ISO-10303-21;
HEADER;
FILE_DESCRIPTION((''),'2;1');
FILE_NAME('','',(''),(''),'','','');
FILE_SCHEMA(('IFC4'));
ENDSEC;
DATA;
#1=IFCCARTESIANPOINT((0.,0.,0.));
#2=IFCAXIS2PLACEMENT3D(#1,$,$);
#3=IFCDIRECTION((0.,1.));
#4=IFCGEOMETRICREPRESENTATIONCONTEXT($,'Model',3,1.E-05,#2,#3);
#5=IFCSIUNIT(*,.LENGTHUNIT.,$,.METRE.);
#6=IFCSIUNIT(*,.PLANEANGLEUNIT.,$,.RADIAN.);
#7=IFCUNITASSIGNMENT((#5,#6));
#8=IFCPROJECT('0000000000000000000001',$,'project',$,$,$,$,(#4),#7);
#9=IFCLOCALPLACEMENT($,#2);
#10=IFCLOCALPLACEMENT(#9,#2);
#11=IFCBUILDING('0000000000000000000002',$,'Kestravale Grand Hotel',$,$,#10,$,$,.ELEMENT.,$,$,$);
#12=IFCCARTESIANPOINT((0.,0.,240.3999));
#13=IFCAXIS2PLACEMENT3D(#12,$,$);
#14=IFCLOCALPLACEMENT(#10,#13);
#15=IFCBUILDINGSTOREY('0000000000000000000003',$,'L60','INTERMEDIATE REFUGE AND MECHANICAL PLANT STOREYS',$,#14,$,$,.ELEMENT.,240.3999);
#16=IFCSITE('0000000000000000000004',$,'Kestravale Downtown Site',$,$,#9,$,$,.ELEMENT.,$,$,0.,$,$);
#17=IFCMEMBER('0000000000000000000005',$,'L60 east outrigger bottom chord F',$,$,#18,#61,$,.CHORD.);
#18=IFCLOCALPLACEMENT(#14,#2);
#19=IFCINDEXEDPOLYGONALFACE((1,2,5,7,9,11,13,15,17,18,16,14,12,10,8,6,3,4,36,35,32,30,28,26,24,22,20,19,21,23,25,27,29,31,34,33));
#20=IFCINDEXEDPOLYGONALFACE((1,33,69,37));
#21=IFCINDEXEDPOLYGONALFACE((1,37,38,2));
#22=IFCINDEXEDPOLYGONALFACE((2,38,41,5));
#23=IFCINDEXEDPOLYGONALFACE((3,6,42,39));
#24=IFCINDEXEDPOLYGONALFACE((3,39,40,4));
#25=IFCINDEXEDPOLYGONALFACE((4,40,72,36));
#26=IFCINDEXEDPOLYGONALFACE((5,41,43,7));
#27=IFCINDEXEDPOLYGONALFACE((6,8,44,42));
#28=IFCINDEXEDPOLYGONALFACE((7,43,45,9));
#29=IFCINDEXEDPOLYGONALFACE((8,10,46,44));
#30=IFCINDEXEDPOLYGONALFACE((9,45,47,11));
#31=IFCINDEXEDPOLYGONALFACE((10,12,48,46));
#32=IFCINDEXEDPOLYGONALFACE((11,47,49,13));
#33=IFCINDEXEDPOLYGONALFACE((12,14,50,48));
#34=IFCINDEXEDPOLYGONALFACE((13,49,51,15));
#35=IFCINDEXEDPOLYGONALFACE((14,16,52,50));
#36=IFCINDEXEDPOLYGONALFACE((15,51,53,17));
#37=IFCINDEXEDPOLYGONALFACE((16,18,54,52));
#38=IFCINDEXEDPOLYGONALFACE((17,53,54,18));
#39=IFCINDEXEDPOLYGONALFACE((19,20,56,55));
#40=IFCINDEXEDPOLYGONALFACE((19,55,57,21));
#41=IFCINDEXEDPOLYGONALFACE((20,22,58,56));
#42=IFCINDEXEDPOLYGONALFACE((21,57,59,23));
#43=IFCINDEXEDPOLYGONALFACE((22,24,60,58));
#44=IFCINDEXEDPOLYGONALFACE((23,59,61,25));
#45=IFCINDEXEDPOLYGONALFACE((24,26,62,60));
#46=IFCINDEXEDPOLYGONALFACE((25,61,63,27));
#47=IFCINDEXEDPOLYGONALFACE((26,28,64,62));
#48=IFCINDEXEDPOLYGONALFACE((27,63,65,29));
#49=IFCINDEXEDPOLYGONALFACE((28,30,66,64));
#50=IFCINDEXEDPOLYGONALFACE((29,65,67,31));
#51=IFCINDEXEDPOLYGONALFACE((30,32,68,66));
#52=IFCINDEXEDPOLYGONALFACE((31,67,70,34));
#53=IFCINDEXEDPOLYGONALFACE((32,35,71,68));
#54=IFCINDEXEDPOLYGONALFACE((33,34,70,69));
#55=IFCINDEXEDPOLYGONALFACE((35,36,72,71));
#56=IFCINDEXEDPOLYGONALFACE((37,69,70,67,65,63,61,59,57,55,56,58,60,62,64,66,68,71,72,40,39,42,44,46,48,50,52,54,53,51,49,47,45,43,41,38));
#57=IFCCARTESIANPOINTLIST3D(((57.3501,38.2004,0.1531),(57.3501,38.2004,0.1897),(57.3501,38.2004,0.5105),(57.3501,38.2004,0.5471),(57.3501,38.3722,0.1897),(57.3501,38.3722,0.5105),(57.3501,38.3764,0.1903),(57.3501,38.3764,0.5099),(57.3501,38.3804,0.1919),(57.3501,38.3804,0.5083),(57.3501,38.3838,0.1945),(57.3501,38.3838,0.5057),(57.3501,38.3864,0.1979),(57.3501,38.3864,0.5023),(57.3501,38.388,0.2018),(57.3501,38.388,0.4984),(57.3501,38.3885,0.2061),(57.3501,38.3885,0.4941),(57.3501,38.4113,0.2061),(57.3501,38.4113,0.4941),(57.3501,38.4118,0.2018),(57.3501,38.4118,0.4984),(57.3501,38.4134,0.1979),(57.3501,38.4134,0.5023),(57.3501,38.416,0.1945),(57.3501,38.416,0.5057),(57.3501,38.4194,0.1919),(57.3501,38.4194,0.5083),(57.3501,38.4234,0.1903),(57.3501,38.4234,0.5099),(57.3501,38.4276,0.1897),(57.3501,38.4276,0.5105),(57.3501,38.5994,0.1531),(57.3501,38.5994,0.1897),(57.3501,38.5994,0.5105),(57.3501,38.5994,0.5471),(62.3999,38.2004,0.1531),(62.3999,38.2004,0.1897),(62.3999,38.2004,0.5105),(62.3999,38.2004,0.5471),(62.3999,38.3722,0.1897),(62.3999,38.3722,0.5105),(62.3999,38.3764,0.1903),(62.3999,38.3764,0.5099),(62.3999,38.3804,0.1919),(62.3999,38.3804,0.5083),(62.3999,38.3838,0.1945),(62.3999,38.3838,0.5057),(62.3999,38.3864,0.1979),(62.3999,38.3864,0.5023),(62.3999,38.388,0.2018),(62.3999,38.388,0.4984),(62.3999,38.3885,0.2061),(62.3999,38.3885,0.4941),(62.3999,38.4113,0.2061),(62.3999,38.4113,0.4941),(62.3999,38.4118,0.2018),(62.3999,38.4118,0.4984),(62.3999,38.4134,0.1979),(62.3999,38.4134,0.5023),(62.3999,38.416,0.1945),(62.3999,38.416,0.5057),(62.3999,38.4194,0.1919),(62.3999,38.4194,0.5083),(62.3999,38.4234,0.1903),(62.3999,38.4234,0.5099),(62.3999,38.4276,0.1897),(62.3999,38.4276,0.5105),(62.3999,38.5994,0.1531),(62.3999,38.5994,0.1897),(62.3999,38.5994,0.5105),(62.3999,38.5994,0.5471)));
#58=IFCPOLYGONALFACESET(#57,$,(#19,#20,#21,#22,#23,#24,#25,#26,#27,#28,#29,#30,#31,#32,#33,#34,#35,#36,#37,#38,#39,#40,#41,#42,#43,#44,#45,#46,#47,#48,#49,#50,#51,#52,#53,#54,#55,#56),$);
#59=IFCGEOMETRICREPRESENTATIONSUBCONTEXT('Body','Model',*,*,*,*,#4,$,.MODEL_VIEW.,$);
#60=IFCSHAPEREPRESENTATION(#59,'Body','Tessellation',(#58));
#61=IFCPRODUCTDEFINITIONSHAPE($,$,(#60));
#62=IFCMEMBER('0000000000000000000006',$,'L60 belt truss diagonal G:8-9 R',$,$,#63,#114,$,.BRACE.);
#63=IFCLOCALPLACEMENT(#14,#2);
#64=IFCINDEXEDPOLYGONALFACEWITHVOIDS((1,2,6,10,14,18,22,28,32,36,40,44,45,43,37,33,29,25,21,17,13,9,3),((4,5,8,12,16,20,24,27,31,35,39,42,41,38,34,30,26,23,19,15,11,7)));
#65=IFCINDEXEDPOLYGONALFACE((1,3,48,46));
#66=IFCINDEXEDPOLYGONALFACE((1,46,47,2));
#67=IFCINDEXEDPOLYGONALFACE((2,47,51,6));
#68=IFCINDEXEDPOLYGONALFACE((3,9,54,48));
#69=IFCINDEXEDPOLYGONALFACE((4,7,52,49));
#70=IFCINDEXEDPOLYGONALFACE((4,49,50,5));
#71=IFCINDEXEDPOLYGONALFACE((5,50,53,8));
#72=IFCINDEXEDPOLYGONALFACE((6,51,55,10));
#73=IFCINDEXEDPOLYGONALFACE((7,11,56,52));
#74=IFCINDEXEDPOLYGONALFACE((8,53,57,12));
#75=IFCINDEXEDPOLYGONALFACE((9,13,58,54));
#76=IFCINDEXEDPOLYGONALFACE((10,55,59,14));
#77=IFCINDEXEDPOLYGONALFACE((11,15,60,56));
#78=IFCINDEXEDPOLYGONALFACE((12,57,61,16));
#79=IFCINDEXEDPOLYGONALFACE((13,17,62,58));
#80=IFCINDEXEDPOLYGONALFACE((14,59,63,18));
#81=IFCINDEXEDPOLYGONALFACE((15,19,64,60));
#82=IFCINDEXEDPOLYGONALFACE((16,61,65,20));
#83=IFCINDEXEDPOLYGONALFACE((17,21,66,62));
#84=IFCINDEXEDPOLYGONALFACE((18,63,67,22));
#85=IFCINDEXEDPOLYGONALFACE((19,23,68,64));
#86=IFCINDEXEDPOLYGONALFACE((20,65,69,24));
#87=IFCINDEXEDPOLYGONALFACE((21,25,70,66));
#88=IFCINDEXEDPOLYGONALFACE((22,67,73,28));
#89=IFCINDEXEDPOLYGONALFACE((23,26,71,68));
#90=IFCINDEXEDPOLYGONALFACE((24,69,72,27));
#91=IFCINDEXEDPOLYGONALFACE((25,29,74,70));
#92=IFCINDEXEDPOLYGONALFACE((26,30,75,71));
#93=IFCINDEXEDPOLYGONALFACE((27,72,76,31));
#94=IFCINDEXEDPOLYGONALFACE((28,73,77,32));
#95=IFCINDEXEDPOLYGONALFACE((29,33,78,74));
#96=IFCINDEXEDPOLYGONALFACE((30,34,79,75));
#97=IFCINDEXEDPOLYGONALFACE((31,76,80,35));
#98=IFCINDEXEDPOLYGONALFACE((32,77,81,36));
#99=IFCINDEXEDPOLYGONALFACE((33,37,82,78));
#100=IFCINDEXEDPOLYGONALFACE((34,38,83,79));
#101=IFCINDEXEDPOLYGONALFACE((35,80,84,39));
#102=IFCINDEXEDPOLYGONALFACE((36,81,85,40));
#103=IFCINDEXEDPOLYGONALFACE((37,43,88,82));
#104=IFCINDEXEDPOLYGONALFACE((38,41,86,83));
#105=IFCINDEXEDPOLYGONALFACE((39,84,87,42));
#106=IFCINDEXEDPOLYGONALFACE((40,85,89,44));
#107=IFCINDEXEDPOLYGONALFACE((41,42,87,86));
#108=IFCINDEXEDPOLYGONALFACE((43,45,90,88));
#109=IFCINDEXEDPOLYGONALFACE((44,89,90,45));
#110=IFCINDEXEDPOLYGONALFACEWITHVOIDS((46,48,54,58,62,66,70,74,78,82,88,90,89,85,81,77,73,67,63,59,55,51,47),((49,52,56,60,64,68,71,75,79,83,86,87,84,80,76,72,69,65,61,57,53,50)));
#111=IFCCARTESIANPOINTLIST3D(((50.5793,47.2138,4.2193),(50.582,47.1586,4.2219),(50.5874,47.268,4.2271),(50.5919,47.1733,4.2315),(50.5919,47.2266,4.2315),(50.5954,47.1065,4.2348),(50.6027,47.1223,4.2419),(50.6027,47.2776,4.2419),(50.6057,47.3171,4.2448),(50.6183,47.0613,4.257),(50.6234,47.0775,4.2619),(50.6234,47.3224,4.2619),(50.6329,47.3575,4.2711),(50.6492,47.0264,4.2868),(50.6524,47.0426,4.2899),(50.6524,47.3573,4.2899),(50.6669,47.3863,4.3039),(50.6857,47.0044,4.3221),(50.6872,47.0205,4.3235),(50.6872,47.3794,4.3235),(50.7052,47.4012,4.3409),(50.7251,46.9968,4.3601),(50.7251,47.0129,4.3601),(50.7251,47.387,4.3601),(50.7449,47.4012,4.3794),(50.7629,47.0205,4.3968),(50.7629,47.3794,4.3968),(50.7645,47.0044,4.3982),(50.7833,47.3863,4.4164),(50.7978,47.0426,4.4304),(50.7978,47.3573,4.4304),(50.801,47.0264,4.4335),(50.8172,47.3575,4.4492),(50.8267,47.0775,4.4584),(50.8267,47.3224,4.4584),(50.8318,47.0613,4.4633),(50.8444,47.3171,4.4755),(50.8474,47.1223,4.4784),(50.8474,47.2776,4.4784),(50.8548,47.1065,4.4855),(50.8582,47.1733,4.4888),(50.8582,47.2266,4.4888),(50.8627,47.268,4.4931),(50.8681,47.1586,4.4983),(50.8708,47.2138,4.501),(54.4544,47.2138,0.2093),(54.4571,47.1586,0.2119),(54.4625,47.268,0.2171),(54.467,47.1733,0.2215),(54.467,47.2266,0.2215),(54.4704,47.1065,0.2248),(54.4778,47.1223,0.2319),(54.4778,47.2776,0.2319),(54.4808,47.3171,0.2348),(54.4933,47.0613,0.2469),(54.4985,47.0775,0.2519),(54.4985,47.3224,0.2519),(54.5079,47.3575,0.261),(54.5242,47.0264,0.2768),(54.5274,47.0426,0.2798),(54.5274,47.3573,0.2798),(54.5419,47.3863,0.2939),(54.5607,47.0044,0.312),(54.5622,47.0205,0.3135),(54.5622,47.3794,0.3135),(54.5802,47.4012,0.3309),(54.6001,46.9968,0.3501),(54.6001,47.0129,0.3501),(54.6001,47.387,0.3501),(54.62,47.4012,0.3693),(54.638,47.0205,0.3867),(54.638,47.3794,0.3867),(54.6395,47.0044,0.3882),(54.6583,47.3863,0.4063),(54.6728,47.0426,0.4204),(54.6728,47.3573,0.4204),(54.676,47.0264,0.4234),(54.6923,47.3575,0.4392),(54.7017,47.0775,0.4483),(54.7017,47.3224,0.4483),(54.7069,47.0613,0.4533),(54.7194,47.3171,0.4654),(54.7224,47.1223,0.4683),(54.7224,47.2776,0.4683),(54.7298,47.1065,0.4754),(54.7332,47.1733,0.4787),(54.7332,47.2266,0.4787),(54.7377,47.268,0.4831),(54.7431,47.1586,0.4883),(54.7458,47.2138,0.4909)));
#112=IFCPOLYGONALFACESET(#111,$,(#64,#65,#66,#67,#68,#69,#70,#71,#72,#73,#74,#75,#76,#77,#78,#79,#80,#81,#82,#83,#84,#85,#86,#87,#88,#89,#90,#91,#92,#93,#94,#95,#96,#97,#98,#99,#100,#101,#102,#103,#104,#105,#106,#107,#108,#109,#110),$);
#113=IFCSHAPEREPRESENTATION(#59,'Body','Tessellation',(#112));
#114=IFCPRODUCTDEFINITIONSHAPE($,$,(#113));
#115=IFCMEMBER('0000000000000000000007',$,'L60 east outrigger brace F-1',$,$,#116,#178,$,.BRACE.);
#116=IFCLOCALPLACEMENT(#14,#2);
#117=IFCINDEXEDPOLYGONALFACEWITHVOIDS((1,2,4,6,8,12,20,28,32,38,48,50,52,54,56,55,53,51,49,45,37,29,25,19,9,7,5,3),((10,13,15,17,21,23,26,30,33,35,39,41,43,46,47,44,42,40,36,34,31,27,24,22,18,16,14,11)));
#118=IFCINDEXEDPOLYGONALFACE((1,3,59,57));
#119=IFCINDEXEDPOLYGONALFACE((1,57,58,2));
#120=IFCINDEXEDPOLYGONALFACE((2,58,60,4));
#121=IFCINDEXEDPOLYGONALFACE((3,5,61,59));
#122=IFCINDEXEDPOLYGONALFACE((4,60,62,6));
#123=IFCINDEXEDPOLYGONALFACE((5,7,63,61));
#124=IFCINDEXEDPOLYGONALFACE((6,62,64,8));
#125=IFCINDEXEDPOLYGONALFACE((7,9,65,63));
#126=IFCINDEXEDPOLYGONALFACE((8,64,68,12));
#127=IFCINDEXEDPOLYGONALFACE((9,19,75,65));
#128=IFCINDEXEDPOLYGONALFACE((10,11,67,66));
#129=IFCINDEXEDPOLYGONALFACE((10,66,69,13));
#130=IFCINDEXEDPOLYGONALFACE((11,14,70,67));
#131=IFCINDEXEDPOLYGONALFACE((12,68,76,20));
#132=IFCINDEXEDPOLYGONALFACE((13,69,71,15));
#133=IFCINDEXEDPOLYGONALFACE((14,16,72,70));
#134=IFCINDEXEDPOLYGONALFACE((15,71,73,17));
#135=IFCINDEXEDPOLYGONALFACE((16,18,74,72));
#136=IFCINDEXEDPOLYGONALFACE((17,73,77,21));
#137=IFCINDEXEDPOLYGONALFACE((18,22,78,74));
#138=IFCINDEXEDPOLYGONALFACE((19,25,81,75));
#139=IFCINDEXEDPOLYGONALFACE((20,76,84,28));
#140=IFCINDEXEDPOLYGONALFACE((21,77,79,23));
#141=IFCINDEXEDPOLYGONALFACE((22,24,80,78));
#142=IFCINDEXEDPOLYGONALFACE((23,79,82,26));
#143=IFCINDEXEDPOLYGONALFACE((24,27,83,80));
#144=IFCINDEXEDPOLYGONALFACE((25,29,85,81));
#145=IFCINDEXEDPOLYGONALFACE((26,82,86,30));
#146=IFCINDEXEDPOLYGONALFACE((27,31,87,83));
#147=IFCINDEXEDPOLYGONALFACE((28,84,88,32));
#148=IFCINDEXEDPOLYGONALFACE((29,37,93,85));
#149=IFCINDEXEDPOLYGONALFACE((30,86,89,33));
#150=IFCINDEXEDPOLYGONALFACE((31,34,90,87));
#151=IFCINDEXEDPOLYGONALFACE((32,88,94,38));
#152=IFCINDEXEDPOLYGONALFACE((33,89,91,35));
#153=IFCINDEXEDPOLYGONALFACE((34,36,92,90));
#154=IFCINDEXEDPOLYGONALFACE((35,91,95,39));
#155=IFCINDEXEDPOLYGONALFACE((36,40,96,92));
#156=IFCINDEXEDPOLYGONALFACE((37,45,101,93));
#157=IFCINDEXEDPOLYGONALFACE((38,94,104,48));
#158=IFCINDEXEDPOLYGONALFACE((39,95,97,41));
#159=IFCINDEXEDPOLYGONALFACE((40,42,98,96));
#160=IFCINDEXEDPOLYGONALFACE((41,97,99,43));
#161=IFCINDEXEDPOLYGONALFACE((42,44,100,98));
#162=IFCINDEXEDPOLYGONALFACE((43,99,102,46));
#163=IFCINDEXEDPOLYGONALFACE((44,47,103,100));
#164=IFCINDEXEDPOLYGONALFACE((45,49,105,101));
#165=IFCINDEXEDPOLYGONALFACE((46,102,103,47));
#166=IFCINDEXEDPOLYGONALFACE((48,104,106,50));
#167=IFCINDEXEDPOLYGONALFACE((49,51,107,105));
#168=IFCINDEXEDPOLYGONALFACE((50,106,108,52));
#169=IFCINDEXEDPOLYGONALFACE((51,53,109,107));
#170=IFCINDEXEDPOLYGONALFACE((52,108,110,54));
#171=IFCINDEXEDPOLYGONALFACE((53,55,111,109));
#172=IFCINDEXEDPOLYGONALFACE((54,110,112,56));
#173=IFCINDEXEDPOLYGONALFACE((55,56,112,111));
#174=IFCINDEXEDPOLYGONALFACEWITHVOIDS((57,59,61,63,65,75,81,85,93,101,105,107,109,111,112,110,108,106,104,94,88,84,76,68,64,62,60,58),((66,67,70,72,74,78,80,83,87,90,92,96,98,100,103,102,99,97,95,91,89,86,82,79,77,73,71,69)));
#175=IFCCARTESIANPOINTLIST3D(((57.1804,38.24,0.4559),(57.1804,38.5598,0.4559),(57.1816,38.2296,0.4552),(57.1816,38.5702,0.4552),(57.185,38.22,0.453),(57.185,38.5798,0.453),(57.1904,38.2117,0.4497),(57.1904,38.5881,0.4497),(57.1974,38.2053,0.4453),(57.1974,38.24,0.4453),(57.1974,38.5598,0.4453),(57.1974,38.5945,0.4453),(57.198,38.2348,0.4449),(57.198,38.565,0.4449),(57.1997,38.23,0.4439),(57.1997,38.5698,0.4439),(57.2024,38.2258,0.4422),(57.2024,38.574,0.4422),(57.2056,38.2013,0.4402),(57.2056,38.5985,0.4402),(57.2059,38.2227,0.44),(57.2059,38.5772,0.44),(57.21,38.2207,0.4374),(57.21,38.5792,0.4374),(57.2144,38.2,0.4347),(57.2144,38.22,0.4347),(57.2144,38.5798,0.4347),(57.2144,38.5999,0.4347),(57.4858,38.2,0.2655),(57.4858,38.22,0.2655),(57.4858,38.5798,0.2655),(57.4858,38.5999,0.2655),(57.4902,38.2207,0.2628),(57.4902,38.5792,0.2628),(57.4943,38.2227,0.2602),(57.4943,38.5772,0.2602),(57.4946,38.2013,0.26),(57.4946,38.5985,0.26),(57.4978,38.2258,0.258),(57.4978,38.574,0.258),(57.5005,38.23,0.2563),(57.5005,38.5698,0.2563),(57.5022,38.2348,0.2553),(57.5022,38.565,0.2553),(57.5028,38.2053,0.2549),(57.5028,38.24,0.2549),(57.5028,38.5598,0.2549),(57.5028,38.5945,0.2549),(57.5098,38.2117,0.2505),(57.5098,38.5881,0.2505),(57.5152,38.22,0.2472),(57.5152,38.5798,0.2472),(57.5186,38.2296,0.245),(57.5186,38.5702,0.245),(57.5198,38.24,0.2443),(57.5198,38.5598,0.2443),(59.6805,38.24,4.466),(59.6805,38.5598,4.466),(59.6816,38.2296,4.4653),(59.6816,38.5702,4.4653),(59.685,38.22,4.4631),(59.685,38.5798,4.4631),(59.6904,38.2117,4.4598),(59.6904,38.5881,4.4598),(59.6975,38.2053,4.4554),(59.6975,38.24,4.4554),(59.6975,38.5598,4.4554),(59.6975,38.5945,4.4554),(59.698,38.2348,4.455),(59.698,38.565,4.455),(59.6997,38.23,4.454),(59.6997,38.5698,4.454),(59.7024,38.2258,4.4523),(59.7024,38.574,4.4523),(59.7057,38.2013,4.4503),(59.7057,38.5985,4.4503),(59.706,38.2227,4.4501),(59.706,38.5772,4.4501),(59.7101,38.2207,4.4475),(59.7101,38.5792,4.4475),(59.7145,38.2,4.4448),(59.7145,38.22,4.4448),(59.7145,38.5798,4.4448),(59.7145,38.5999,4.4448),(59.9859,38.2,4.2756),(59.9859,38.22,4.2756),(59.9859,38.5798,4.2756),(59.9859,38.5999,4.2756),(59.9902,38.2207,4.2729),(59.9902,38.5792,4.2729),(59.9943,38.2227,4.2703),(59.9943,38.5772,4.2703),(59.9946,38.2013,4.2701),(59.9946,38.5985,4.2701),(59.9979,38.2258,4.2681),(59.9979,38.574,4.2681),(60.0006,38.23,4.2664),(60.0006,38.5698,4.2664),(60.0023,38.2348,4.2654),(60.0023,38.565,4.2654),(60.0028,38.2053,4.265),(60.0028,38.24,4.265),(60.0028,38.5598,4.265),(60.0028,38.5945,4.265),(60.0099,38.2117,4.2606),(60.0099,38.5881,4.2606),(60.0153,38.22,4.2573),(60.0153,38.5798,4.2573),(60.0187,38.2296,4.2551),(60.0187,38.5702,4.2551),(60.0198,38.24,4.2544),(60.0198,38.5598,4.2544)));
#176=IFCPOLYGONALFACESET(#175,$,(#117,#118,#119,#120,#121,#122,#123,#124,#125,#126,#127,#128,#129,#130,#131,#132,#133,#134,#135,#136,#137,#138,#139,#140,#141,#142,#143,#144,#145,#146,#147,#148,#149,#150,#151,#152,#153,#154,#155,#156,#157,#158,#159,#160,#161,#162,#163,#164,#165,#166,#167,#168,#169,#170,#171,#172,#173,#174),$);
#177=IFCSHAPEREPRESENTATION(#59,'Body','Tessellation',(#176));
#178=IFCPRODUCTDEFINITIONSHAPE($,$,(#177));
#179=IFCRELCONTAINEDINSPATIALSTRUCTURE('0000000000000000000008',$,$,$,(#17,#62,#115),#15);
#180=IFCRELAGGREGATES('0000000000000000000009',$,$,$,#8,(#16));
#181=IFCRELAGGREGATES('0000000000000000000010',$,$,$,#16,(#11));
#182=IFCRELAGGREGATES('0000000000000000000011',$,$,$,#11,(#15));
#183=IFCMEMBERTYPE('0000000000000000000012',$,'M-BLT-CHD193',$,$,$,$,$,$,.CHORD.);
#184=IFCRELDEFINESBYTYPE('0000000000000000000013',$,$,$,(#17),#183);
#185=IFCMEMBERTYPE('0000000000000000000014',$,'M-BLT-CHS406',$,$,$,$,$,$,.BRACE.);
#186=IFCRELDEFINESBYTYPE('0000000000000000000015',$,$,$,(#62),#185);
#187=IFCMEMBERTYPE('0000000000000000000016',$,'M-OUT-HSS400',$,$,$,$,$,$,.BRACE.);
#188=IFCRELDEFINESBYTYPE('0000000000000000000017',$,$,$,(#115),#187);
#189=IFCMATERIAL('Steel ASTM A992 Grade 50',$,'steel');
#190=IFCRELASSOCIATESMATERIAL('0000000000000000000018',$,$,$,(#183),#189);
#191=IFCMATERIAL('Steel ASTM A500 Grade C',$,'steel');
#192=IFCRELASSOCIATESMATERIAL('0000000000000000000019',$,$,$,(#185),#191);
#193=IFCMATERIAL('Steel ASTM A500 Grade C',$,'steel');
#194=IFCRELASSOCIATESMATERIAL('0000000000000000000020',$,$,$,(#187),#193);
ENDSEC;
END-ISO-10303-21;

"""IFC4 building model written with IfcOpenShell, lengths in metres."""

from ifc_helpers import new_model, si_unit, direction, frame, origin, origin_2d, place, context, subcontext, project, spatial, hollow_rectangle, hollow_circle, i_section, extrude, material, material_profile, profile_set, type_object, element, save


model = new_model("IFC4")

# Units and contexts
model_context = context("Model", 3, precision=1e-05, world=origin(), true_north=direction((0.0, 1.0)))
body_context = subcontext(model_context, "Body", "Model", "MODEL_VIEW")
ifc_project = project(units=[si_unit("LENGTHUNIT", "METRE"), si_unit("PLANEANGLEUNIT", "RADIAN")], contexts=[model_context])

# Site, building, storey
site_placement = place(None, origin())
site = spatial("IfcSite", under=ifc_project, at=site_placement, Name="Kestravale Downtown Site", CompositionType="ELEMENT", RefElevation=0.0)
building_placement = place(site_placement, origin())
building = spatial("IfcBuilding", under=site, at=building_placement, Name="Kestravale Grand Hotel", CompositionType="ELEMENT")
storey_placement = place(building_placement, frame((0.0, 0.0, 240.3999)))
storey = spatial("IfcBuildingStorey", under=building, at=storey_placement, Name="L60", Description="INTERMEDIATE REFUGE AND MECHANICAL PLANT STOREYS", CompositionType="ELEMENT", Elevation=240.3999)

# Members
ifc_material_1 = material(Name="Steel ASTM A992 Grade 50", Category="steel")
ifc_material_profile_1 = material_profile(ifc_material_1, i_section(OverallWidth=0.3989, OverallDepth=0.394, WebThickness=0.0227, FlangeThickness=0.0366, FilletRadius=0.0164, at=origin_2d()))
ifc_profile_set_1 = profile_set([ifc_material_profile_1], Name="Steel ASTM A992 Grade 50")
member_type_1 = type_object("IfcMemberType", Name="M-BLT-CHD193", PredefinedType="CHORD", material=ifc_profile_set_1)
member_1_placement = place(storey_placement, frame((57.3501, 38.3999, 0.3501), z_axis=(1.0, 0.0, 0.0), x_axis=(0.0, 1.0, 0.0)))
element("IfcMember", 1, at=member_1_placement, inside=storey, type_object=member_type_1, Name="L60 east outrigger bottom chord F", PredefinedType="CHORD", context=body_context, shape_type="SweptSolid", body=[
    extrude(i_section(OverallWidth=0.3989, OverallDepth=0.394, WebThickness=0.0227, FlangeThickness=0.0366, FilletRadius=0.0164, at=origin_2d()), origin(), (0.0, 0.0, 1.0), 5.0498),
])
ifc_material_2 = material(Name="Steel ASTM A500 Grade C", Category="steel")
ifc_material_profile_2 = material_profile(ifc_material_2, hollow_circle(Radius=0.2031, WallThickness=0.0161, at=origin_2d()))
ifc_profile_set_2 = profile_set([ifc_material_profile_2], Name="Steel ASTM A500 Grade C")
member_type_2 = type_object("IfcMemberType", Name="M-BLT-CHS406", PredefinedType="BRACE", material=ifc_profile_set_2)
member_2_placement = place(storey_placement, frame((54.6001, 47.2, 0.3501), z_axis=(-0.694898, 0.0, 0.719109), x_axis=(0.0, -1.0, 0.0)))
element("IfcMember", 2, at=member_2_placement, inside=storey, type_object=member_type_2, Name="L60 belt truss diagonal G:8-9 R", PredefinedType="BRACE", context=body_context, shape_type="SweptSolid", body=[
    extrude(hollow_circle(Radius=0.2031, WallThickness=0.0161, at=origin_2d()), origin(), (0.0, 0.0, 1.0), 5.5764),
])
ifc_material_3 = material(Name="Steel ASTM A500 Grade C", Category="steel")
ifc_material_profile_3 = material_profile(ifc_material_3, hollow_rectangle(XDim=0.3999, YDim=0.3999, WallThickness=0.02, InnerFilletRadius=0.02, OuterFilletRadius=0.04, at=origin_2d()))
ifc_profile_set_3 = profile_set([ifc_material_profile_3], Name="Steel ASTM A500 Grade C")
member_type_3 = type_object("IfcMemberType", Name="M-OUT-HSS400", PredefinedType="BRACE", material=ifc_profile_set_3)
for number, where, z_axis, x_axis, name in (
    (3, (57.3501, 38.3999, 0.3501), (0.529047, 0.0, 0.848593), (0.0, 1.0, 0.0), "L60 east outrigger brace F-1"),
):
    element("IfcMember", number, at=place(storey_placement, frame(where, z_axis=z_axis, x_axis=x_axis)), inside=storey, type_object=member_type_3, Name=name, PredefinedType="BRACE", context=body_context, shape_type="SweptSolid", body=[
        extrude(hollow_rectangle(XDim=0.3999, YDim=0.3999, WallThickness=0.02, InnerFilletRadius=0.02, OuterFilletRadius=0.04, at=origin_2d()), origin(), (0.0, 0.0, 1.0), 4.7256),
    ])

save(model, "model.ifc")
